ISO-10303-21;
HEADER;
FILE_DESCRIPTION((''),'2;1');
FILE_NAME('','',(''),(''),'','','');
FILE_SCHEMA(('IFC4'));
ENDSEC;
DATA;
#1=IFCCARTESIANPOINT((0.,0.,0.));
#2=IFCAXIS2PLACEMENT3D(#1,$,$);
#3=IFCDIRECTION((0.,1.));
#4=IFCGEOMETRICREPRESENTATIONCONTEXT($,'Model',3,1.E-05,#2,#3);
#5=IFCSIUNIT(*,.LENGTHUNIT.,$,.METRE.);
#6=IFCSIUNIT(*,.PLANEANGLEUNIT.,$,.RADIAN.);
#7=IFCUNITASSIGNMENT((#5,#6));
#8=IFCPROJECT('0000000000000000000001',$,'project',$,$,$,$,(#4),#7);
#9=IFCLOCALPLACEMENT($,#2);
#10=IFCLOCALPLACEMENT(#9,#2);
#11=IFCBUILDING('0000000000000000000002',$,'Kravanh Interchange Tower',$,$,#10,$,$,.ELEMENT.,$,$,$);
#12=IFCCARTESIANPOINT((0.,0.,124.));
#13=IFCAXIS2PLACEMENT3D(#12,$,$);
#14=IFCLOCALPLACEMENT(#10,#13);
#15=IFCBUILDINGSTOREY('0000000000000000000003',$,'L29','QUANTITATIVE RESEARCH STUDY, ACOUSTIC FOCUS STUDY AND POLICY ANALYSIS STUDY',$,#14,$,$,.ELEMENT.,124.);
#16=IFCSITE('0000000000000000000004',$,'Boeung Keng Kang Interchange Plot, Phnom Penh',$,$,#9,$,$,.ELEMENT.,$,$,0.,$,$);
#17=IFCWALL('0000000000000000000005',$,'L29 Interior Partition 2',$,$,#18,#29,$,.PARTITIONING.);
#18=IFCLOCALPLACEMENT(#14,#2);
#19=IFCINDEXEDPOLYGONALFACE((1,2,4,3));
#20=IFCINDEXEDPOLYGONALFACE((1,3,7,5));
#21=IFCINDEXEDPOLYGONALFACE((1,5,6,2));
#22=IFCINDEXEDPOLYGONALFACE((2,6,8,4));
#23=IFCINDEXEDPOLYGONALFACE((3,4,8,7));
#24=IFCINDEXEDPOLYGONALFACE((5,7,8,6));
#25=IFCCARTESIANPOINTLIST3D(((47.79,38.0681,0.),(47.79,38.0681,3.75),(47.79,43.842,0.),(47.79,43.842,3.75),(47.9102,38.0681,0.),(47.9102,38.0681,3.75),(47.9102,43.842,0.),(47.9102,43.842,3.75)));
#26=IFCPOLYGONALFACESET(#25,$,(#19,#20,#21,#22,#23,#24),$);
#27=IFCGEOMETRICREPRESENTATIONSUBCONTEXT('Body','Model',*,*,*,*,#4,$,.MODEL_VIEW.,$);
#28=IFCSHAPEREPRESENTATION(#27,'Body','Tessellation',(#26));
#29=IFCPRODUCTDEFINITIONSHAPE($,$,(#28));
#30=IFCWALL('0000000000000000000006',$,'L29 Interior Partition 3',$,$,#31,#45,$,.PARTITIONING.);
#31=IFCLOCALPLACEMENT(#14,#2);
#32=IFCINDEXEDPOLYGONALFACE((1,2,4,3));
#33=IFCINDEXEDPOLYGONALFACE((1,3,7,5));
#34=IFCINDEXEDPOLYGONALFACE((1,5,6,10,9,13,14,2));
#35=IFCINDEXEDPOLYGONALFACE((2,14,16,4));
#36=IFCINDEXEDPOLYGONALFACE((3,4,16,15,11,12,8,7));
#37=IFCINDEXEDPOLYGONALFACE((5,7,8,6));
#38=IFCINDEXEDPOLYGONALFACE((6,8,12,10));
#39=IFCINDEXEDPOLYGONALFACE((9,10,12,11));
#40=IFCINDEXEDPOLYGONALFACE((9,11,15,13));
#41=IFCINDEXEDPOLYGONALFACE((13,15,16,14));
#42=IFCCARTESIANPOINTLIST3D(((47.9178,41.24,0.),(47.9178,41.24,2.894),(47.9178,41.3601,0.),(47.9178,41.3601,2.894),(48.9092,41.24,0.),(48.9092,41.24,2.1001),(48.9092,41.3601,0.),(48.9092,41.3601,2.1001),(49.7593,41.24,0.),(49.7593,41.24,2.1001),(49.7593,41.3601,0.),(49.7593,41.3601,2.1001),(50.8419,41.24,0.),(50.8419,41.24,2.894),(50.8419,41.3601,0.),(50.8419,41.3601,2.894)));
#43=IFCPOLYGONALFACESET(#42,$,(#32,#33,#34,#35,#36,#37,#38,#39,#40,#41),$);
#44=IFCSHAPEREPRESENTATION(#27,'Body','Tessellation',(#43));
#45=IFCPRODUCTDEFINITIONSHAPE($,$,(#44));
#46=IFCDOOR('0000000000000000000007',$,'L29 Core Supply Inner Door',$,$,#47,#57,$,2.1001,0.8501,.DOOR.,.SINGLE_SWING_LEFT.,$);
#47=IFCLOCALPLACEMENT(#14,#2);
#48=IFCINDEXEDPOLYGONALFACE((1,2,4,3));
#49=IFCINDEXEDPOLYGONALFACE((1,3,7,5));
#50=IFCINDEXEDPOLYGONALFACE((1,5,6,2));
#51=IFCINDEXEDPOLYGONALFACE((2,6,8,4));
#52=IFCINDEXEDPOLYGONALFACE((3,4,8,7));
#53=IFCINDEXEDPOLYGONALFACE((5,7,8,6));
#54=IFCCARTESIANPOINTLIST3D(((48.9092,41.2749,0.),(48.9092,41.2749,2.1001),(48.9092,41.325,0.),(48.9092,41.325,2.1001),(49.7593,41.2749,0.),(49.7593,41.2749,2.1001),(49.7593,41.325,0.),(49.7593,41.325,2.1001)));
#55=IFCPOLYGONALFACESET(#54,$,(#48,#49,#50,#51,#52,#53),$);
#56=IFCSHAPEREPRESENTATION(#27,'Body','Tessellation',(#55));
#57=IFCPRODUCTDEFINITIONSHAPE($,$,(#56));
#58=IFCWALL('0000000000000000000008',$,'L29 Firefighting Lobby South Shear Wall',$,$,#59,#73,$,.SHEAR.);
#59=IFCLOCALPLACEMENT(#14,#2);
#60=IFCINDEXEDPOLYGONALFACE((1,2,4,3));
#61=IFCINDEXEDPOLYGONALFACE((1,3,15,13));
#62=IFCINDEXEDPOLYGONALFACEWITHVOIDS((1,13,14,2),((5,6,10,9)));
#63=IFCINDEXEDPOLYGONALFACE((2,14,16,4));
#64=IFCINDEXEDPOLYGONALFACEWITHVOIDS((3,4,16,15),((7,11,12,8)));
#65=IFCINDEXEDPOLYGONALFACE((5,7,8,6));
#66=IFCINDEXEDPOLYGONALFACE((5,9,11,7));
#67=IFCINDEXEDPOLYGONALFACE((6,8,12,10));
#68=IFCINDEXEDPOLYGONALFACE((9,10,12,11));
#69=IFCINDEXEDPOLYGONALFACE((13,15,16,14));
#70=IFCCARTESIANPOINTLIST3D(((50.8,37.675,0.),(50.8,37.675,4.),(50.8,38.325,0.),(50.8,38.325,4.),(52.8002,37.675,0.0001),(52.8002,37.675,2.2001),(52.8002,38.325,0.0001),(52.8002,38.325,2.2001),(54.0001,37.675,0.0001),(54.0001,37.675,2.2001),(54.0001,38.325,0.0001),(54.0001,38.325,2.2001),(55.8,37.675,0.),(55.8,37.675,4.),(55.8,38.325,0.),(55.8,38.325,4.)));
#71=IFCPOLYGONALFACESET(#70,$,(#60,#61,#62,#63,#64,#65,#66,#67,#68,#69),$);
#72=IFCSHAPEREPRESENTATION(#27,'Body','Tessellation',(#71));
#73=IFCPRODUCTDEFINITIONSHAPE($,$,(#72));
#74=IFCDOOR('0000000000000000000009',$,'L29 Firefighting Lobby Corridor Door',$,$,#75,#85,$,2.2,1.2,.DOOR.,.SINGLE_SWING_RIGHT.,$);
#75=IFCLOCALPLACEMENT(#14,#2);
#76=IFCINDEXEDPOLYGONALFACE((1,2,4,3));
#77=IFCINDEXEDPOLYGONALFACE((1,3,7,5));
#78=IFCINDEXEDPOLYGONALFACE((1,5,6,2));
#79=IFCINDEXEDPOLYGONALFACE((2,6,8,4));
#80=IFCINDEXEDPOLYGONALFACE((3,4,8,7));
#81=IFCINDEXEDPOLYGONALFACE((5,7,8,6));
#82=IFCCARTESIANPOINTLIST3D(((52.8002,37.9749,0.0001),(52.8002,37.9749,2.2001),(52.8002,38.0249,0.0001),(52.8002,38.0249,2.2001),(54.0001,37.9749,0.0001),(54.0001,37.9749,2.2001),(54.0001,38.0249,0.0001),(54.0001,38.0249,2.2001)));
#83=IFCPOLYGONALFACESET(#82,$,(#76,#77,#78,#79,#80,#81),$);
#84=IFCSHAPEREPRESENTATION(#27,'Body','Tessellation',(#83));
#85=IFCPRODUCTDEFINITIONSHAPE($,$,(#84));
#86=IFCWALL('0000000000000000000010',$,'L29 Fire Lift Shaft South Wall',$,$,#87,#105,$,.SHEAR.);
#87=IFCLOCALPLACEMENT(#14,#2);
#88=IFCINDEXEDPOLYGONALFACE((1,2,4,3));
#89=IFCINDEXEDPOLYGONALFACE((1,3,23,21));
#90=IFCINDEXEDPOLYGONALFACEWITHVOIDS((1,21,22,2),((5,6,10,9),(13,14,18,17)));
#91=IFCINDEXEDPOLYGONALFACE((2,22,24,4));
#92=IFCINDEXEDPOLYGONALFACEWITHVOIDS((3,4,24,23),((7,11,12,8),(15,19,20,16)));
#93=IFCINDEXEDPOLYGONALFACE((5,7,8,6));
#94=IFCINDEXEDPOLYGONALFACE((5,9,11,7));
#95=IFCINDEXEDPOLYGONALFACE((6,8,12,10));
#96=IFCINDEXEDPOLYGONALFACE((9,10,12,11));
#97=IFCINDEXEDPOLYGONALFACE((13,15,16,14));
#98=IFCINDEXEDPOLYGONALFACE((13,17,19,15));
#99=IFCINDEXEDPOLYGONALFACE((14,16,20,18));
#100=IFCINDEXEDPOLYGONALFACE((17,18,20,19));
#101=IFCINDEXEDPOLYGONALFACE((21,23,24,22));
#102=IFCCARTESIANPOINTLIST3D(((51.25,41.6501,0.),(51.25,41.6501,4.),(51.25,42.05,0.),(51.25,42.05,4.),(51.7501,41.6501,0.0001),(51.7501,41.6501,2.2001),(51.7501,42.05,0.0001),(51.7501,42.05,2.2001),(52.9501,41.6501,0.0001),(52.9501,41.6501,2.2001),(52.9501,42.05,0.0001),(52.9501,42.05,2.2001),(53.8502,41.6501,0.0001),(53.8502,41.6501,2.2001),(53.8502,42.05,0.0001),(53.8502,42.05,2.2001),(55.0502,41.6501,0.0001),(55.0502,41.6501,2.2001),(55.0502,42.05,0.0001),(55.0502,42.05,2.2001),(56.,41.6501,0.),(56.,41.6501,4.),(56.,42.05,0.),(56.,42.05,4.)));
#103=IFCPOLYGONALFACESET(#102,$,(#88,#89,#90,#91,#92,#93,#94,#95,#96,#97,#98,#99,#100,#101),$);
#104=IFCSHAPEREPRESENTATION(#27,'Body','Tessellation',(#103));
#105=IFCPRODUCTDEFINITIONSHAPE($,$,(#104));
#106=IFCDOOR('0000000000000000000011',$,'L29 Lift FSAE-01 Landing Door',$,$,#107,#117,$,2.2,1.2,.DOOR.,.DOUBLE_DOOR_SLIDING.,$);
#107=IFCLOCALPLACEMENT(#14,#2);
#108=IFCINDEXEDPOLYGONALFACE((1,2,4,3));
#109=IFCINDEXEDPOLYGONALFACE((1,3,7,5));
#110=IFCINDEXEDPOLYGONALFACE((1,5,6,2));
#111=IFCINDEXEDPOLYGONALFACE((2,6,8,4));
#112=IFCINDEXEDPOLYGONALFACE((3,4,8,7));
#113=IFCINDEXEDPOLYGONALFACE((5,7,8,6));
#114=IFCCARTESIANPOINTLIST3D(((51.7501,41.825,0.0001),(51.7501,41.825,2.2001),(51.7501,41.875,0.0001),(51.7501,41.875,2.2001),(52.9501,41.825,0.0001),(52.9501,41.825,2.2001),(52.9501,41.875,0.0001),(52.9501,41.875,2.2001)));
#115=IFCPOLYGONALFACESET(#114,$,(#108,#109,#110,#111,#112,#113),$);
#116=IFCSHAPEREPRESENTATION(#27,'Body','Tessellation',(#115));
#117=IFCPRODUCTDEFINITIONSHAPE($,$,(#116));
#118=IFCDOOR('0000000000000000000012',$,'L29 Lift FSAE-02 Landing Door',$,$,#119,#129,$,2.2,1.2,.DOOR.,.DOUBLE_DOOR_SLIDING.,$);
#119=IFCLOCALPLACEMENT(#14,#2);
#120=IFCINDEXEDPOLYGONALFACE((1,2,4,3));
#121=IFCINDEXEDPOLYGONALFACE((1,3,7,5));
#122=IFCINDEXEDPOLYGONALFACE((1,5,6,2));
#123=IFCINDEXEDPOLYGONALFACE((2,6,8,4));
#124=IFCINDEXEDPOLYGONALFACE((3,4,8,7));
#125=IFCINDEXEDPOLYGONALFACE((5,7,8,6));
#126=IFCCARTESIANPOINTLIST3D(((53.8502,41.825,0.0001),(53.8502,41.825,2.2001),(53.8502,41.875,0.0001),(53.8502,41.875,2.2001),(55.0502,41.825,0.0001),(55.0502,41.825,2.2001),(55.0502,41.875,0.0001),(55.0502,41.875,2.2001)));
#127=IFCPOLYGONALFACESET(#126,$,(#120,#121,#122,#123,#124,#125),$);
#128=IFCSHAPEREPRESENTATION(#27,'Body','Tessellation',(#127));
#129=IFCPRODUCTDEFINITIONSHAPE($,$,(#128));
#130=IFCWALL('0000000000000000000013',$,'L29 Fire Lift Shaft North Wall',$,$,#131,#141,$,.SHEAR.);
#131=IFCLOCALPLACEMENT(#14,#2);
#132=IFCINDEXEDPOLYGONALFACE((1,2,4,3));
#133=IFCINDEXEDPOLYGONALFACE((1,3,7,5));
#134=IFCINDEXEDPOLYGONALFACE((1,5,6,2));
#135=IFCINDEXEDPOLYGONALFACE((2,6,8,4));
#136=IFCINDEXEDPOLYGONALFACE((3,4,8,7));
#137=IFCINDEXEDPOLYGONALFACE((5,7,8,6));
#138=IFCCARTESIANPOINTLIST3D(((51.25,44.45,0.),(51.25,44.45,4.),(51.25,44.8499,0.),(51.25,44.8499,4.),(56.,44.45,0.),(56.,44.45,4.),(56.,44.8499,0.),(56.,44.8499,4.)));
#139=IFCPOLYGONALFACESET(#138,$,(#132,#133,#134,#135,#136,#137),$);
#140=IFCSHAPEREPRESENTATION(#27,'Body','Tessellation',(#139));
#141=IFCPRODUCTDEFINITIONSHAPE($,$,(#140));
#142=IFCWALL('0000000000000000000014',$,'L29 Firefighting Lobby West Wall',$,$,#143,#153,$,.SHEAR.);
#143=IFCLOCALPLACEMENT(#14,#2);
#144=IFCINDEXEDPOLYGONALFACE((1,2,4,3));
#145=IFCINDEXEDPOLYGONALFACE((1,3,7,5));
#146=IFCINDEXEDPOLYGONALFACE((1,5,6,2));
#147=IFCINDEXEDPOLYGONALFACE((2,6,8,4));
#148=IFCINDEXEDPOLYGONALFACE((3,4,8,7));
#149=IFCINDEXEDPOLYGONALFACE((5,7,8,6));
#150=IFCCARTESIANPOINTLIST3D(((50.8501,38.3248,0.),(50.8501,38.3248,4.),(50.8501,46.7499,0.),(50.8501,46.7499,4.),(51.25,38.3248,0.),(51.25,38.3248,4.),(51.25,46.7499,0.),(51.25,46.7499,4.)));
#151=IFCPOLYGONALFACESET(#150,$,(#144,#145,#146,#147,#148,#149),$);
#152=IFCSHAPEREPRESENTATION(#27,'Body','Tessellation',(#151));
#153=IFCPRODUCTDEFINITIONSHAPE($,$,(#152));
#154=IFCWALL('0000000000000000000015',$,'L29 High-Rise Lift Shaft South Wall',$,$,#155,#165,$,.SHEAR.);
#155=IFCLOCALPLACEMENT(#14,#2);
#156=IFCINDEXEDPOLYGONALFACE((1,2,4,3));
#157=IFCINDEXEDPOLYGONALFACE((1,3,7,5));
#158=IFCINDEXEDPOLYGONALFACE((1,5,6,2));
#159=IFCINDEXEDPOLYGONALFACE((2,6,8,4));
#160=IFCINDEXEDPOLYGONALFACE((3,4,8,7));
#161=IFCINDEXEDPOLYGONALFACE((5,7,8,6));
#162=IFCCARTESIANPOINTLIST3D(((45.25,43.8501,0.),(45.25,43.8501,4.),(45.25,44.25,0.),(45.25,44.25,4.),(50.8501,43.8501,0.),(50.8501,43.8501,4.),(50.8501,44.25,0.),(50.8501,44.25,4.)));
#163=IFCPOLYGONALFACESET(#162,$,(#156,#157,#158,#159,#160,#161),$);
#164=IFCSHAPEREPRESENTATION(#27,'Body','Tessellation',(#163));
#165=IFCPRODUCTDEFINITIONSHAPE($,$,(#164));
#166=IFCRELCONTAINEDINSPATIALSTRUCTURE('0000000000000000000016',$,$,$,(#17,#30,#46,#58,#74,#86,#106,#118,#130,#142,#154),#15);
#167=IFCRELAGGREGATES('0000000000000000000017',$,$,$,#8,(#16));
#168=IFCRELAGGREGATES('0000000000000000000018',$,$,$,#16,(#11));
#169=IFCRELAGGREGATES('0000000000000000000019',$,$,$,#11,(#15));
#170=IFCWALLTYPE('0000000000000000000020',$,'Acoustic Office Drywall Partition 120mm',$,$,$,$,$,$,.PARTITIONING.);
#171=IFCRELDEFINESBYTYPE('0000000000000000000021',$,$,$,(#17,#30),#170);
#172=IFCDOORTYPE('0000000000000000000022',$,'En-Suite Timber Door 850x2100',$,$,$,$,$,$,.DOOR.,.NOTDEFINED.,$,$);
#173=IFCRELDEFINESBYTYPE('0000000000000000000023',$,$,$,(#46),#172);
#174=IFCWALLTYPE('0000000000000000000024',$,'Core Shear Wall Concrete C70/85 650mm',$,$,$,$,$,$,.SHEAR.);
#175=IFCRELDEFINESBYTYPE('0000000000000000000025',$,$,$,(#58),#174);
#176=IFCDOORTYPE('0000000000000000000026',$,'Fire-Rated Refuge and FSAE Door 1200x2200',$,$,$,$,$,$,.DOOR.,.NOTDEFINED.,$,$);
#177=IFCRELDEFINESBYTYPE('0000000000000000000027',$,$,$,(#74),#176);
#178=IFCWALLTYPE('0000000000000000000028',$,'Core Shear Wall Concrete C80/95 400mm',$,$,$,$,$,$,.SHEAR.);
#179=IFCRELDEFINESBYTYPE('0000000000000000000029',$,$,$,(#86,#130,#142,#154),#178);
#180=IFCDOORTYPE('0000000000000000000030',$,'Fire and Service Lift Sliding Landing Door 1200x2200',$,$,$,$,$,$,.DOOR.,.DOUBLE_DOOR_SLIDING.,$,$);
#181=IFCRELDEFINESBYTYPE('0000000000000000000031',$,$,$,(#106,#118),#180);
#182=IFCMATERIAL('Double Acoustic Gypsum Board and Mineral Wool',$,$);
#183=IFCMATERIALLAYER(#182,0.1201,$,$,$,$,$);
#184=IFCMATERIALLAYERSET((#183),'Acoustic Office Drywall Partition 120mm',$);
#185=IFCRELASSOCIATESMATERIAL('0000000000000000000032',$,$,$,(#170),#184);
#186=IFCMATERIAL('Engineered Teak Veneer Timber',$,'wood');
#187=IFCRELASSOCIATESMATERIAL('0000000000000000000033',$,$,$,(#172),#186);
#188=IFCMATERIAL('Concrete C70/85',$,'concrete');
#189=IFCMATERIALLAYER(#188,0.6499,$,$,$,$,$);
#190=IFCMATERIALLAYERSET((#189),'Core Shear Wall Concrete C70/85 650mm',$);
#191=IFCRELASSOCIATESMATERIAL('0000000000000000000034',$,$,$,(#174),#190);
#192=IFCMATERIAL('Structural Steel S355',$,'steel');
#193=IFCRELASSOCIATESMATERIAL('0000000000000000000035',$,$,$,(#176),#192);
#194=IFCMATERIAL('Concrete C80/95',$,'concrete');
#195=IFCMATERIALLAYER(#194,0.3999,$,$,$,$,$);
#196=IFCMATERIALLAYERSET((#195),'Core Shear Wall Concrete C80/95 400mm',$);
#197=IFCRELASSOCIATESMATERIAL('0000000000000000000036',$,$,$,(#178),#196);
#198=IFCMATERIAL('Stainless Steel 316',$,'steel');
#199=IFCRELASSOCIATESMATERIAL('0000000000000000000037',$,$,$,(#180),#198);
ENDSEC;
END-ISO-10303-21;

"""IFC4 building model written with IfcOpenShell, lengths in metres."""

from ifc_helpers import new_model, si_unit, direction, frame, frame_2d, origin, place, context, subcontext, project, spatial, rectangle, extrude, material, layer, layer_set, type_object, element, fill, save


model = new_model("IFC4")

# Units and contexts
model_context = context("Model", 3, precision=1e-05, world=origin(), true_north=direction((0.0, 1.0)))
body_context = subcontext(model_context, "Body", "Model", "MODEL_VIEW")
ifc_project = project(units=[si_unit("LENGTHUNIT", "METRE"), si_unit("PLANEANGLEUNIT", "RADIAN")], contexts=[model_context])

# Site, building, storey
site_placement = place(None, origin())
site = spatial("IfcSite", under=ifc_project, at=site_placement, Name="Boeung Keng Kang Interchange Plot, Phnom Penh", CompositionType="ELEMENT", RefElevation=0.0)
building_placement = place(site_placement, origin())
building = spatial("IfcBuilding", under=site, at=building_placement, Name="Kravanh Interchange Tower", CompositionType="ELEMENT")
storey_placement = place(building_placement, frame((0.0, 0.0, 124.0)))
storey = spatial("IfcBuildingStorey", under=building, at=storey_placement, Name="L29", Description="QUANTITATIVE RESEARCH STUDY, ACOUSTIC FOCUS STUDY AND POLICY ANALYSIS STUDY", CompositionType="ELEMENT", Elevation=124.0)

# Wall
ifc_material_1 = material(Name="Double Acoustic Gypsum Board and Mineral Wool")
ifc_layer_1 = layer(ifc_material_1, 0.1201)
ifc_layer_set_1 = layer_set([ifc_layer_1], Name="Acoustic Office Drywall Partition 120mm")
wall_type_1 = type_object("IfcWallType", Name="Acoustic Office Drywall Partition 120mm", PredefinedType="PARTITIONING", material=ifc_layer_set_1)
wall_1_placement = place(storey_placement, frame((47.8501, 38.0681, 0.0), z_axis=(0.0, 0.0, 1.0), x_axis=(0.0, 1.0, 0.0)))
element("IfcWall", 1, at=wall_1_placement, inside=storey, type_object=wall_type_1, Name="L29 Interior Partition 2", PredefinedType="PARTITIONING", context=body_context, shape_type="SweptSolid", body=[
    extrude(rectangle(XDim=5.7739, YDim=0.1201, at=frame_2d((2.887, 0.0))), origin(), (0.0, 0.0, 1.0), 3.75),
])

# Wall, opening, door
wall_2_placement = place(storey_placement, frame((47.918, 41.3, 0.0), z_axis=(0.0, 0.0, 1.0), x_axis=(1.0, 0.0, 0.0)))
wall_2 = element("IfcWall", 2, at=wall_2_placement, inside=storey, type_object=wall_type_1, Name="L29 Interior Partition 3", PredefinedType="PARTITIONING", context=body_context, shape_type="SweptSolid", body=[
    extrude(rectangle(XDim=2.9241, YDim=0.1201, at=frame_2d((1.4619, 0.0))), origin(), (0.0, 0.0, 1.0), 2.894),
])
opening_1_placement = place(wall_2_placement, frame((0.9912, 0.0, 0.0)))
opening_1 = element("IfcOpeningElement", 3, at=opening_1_placement, cuts=wall_2, PredefinedType="OPENING", context=body_context, shape_type="SweptSolid", body=[
    extrude(rectangle(XDim=0.8501, YDim=2.1001, at=frame_2d((0.425, 1.05))), frame((0.0, 0.0701, 0.0), z_axis=(0.0, -1.0, 0.0), x_axis=(1.0, 0.0, 0.0)), (0.0, 0.0, 1.0), 0.1401),
])
ifc_material_2 = material(Name="Engineered Teak Veneer Timber", Category="wood")
door_type_1 = type_object("IfcDoorType", Name="En-Suite Timber Door 850x2100", OperationType="NOTDEFINED", PredefinedType="DOOR", material=ifc_material_2)
door_1_placement = place(opening_1_placement, origin())
door_1 = element("IfcDoor", 4, at=door_1_placement, inside=storey, type_object=door_type_1, Name="L29 Core Supply Inner Door", OperationType="SINGLE_SWING_LEFT", OverallHeight=2.1001, OverallWidth=0.8501, PredefinedType="DOOR", context=body_context, shape_type="SweptSolid", body=[
    extrude(rectangle(XDim=0.8501, YDim=2.1001, at=frame_2d((0.425, 1.05))), frame((0.0, 0.0249, 0.0), z_axis=(0.0, -1.0, 0.0), x_axis=(1.0, 0.0, 0.0)), (0.0, 0.0, 1.0), 0.05),
])
fill(opening_1, door_1)

# Shared definitions
ifc_material_3 = material(Name="Concrete C70/85", Category="concrete")
ifc_layer_2 = layer(ifc_material_3, 0.6499)
ifc_layer_set_2 = layer_set([ifc_layer_2], Name="Core Shear Wall Concrete C70/85 650mm")
wall_type_2 = type_object("IfcWallType", Name="Core Shear Wall Concrete C70/85 650mm", PredefinedType="SHEAR", material=ifc_layer_set_2)

# Wall, opening, door
wall_3_placement = place(storey_placement, frame((50.8, 38.0, 0.0), z_axis=(0.0, 0.0, 1.0), x_axis=(1.0, 0.0, 0.0)))
wall_3 = element("IfcWall", 5, at=wall_3_placement, inside=storey, type_object=wall_type_2, Name="L29 Firefighting Lobby South Shear Wall", PredefinedType="SHEAR", context=body_context, shape_type="SweptSolid", body=[
    extrude(rectangle(XDim=5.0, YDim=0.6499, at=frame_2d((2.5, 0.0))), origin(), (0.0, 0.0, 1.0), 4.0),
])
opening_2_placement = place(wall_3_placement, frame((2.0, 0.0, 0.0)))
opening_2 = element("IfcOpeningElement", 6, at=opening_2_placement, cuts=wall_3, PredefinedType="OPENING", context=body_context, shape_type="SweptSolid", body=[
    extrude(rectangle(XDim=1.2, YDim=2.2, at=frame_2d((0.6001, 1.1001))), frame((0.0, 0.335, 0.0), z_axis=(0.0, -1.0, 0.0), x_axis=(1.0, 0.0, 0.0)), (0.0, 0.0, 1.0), 0.6699),
])
ifc_material_4 = material(Name="Structural Steel S355", Category="steel")
door_type_2 = type_object("IfcDoorType", Name="Fire-Rated Refuge and FSAE Door 1200x2200", OperationType="NOTDEFINED", PredefinedType="DOOR", material=ifc_material_4)
door_2_placement = place(opening_2_placement, origin())
door_2 = element("IfcDoor", 7, at=door_2_placement, inside=storey, type_object=door_type_2, Name="L29 Firefighting Lobby Corridor Door", OperationType="SINGLE_SWING_RIGHT", OverallHeight=2.2, OverallWidth=1.2, PredefinedType="DOOR", context=body_context, shape_type="SweptSolid", body=[
    extrude(rectangle(XDim=1.2, YDim=2.2, at=frame_2d((0.6001, 1.1001))), frame((0.0, 0.0249, 0.0), z_axis=(0.0, -1.0, 0.0), x_axis=(1.0, 0.0, 0.0)), (0.0, 0.0, 1.0), 0.05),
])
fill(opening_2, door_2)

# Wall, openings, doors
ifc_material_5 = material(Name="Concrete C80/95", Category="concrete")
ifc_layer_3 = layer(ifc_material_5, 0.3999)
ifc_layer_set_3 = layer_set([ifc_layer_3], Name="Core Shear Wall Concrete C80/95 400mm")
wall_type_3 = type_object("IfcWallType", Name="Core Shear Wall Concrete C80/95 400mm", PredefinedType="SHEAR", material=ifc_layer_set_3)
wall_4_placement = place(storey_placement, frame((51.25, 41.8501, 0.0), z_axis=(0.0, 0.0, 1.0), x_axis=(1.0, 0.0, 0.0)))
wall_4 = element("IfcWall", 8, at=wall_4_placement, inside=storey, type_object=wall_type_3, Name="L29 Fire Lift Shaft South Wall", PredefinedType="SHEAR", context=body_context, shape_type="SweptSolid", body=[
    extrude(rectangle(XDim=4.75, YDim=0.3999, at=frame_2d((2.375, 0.0))), origin(), (0.0, 0.0, 1.0), 4.0),
])
opening_3_placement = place(wall_4_placement, frame((0.5, 0.0, 0.0)))
opening_3 = element("IfcOpeningElement", 9, at=opening_3_placement, cuts=wall_4, PredefinedType="OPENING", context=body_context, shape_type="SweptSolid", body=[
    extrude(rectangle(XDim=1.2, YDim=2.2, at=frame_2d((0.6001, 1.1001))), frame((0.0, 0.21, 0.0), z_axis=(0.0, -1.0, 0.0), x_axis=(1.0, 0.0, 0.0)), (0.0, 0.0, 1.0), 0.4199),
])
opening_4_placement = place(wall_4_placement, frame((2.6001, 0.0, 0.0)))
opening_4 = element("IfcOpeningElement", 10, at=opening_4_placement, cuts=wall_4, PredefinedType="OPENING", context=body_context, shape_type="SweptSolid", body=[
    extrude(rectangle(XDim=1.2, YDim=2.2, at=frame_2d((0.6001, 1.1001))), frame((0.0, 0.21, 0.0), z_axis=(0.0, -1.0, 0.0), x_axis=(1.0, 0.0, 0.0)), (0.0, 0.0, 1.0), 0.4199),
])
ifc_material_6 = material(Name="Stainless Steel 316", Category="steel")
door_type_3 = type_object("IfcDoorType", Name="Fire and Service Lift Sliding Landing Door 1200x2200", OperationType="DOUBLE_DOOR_SLIDING", PredefinedType="DOOR", material=ifc_material_6)
door_3_placement = place(opening_3_placement, origin())
door_3 = element("IfcDoor", 11, at=door_3_placement, inside=storey, type_object=door_type_3, Name="L29 Lift FSAE-01 Landing Door", OperationType="DOUBLE_DOOR_SLIDING", OverallHeight=2.2, OverallWidth=1.2, PredefinedType="DOOR", context=body_context, shape_type="SweptSolid", body=[
    extrude(rectangle(XDim=1.2, YDim=2.2, at=frame_2d((0.6001, 1.1001))), frame((0.0, 0.0249, 0.0), z_axis=(0.0, -1.0, 0.0), x_axis=(1.0, 0.0, 0.0)), (0.0, 0.0, 1.0), 0.05),
])
fill(opening_3, door_3)
door_4_placement = place(opening_4_placement, origin())
door_4 = element("IfcDoor", 12, at=door_4_placement, inside=storey, type_object=door_type_3, Name="L29 Lift FSAE-02 Landing Door", OperationType="DOUBLE_DOOR_SLIDING", OverallHeight=2.2, OverallWidth=1.2, PredefinedType="DOOR", context=body_context, shape_type="SweptSolid", body=[
    extrude(rectangle(XDim=1.2, YDim=2.2, at=frame_2d((0.6001, 1.1001))), frame((0.0, 0.0249, 0.0), z_axis=(0.0, -1.0, 0.0), x_axis=(1.0, 0.0, 0.0)), (0.0, 0.0, 1.0), 0.05),
])
fill(opening_4, door_4)

# Walls
wall_5_placement = place(storey_placement, frame((51.25, 44.6499, 0.0), z_axis=(0.0, 0.0, 1.0), x_axis=(1.0, 0.0, 0.0)))
element("IfcWall", 13, at=wall_5_placement, inside=storey, type_object=wall_type_3, Name="L29 Fire Lift Shaft North Wall", PredefinedType="SHEAR", context=body_context, shape_type="SweptSolid", body=[
    extrude(rectangle(XDim=4.75, YDim=0.3999, at=frame_2d((2.375, 0.0))), origin(), (0.0, 0.0, 1.0), 4.0),
])
wall_6_placement = place(storey_placement, frame((51.05, 38.325, 0.0), z_axis=(0.0, 0.0, 1.0), x_axis=(0.0, 1.0, 0.0)))
element("IfcWall", 14, at=wall_6_placement, inside=storey, type_object=wall_type_3, Name="L29 Firefighting Lobby West Wall", PredefinedType="SHEAR", context=body_context, shape_type="SweptSolid", body=[
    extrude(rectangle(XDim=8.425, YDim=0.3999, at=frame_2d((4.2124, 0.0))), origin(), (0.0, 0.0, 1.0), 4.0),
])
wall_7_placement = place(storey_placement, frame((45.25, 44.05, 0.0), z_axis=(0.0, 0.0, 1.0), x_axis=(1.0, 0.0, 0.0)))
element("IfcWall", 15, at=wall_7_placement, inside=storey, type_object=wall_type_3, Name="L29 High-Rise Lift Shaft South Wall", PredefinedType="SHEAR", context=body_context, shape_type="SweptSolid", body=[
    extrude(rectangle(XDim=5.6001, YDim=0.3999, at=frame_2d((2.8, 0.0))), origin(), (0.0, 0.0, 1.0), 4.0),
])

save(model, "model.ifc")
